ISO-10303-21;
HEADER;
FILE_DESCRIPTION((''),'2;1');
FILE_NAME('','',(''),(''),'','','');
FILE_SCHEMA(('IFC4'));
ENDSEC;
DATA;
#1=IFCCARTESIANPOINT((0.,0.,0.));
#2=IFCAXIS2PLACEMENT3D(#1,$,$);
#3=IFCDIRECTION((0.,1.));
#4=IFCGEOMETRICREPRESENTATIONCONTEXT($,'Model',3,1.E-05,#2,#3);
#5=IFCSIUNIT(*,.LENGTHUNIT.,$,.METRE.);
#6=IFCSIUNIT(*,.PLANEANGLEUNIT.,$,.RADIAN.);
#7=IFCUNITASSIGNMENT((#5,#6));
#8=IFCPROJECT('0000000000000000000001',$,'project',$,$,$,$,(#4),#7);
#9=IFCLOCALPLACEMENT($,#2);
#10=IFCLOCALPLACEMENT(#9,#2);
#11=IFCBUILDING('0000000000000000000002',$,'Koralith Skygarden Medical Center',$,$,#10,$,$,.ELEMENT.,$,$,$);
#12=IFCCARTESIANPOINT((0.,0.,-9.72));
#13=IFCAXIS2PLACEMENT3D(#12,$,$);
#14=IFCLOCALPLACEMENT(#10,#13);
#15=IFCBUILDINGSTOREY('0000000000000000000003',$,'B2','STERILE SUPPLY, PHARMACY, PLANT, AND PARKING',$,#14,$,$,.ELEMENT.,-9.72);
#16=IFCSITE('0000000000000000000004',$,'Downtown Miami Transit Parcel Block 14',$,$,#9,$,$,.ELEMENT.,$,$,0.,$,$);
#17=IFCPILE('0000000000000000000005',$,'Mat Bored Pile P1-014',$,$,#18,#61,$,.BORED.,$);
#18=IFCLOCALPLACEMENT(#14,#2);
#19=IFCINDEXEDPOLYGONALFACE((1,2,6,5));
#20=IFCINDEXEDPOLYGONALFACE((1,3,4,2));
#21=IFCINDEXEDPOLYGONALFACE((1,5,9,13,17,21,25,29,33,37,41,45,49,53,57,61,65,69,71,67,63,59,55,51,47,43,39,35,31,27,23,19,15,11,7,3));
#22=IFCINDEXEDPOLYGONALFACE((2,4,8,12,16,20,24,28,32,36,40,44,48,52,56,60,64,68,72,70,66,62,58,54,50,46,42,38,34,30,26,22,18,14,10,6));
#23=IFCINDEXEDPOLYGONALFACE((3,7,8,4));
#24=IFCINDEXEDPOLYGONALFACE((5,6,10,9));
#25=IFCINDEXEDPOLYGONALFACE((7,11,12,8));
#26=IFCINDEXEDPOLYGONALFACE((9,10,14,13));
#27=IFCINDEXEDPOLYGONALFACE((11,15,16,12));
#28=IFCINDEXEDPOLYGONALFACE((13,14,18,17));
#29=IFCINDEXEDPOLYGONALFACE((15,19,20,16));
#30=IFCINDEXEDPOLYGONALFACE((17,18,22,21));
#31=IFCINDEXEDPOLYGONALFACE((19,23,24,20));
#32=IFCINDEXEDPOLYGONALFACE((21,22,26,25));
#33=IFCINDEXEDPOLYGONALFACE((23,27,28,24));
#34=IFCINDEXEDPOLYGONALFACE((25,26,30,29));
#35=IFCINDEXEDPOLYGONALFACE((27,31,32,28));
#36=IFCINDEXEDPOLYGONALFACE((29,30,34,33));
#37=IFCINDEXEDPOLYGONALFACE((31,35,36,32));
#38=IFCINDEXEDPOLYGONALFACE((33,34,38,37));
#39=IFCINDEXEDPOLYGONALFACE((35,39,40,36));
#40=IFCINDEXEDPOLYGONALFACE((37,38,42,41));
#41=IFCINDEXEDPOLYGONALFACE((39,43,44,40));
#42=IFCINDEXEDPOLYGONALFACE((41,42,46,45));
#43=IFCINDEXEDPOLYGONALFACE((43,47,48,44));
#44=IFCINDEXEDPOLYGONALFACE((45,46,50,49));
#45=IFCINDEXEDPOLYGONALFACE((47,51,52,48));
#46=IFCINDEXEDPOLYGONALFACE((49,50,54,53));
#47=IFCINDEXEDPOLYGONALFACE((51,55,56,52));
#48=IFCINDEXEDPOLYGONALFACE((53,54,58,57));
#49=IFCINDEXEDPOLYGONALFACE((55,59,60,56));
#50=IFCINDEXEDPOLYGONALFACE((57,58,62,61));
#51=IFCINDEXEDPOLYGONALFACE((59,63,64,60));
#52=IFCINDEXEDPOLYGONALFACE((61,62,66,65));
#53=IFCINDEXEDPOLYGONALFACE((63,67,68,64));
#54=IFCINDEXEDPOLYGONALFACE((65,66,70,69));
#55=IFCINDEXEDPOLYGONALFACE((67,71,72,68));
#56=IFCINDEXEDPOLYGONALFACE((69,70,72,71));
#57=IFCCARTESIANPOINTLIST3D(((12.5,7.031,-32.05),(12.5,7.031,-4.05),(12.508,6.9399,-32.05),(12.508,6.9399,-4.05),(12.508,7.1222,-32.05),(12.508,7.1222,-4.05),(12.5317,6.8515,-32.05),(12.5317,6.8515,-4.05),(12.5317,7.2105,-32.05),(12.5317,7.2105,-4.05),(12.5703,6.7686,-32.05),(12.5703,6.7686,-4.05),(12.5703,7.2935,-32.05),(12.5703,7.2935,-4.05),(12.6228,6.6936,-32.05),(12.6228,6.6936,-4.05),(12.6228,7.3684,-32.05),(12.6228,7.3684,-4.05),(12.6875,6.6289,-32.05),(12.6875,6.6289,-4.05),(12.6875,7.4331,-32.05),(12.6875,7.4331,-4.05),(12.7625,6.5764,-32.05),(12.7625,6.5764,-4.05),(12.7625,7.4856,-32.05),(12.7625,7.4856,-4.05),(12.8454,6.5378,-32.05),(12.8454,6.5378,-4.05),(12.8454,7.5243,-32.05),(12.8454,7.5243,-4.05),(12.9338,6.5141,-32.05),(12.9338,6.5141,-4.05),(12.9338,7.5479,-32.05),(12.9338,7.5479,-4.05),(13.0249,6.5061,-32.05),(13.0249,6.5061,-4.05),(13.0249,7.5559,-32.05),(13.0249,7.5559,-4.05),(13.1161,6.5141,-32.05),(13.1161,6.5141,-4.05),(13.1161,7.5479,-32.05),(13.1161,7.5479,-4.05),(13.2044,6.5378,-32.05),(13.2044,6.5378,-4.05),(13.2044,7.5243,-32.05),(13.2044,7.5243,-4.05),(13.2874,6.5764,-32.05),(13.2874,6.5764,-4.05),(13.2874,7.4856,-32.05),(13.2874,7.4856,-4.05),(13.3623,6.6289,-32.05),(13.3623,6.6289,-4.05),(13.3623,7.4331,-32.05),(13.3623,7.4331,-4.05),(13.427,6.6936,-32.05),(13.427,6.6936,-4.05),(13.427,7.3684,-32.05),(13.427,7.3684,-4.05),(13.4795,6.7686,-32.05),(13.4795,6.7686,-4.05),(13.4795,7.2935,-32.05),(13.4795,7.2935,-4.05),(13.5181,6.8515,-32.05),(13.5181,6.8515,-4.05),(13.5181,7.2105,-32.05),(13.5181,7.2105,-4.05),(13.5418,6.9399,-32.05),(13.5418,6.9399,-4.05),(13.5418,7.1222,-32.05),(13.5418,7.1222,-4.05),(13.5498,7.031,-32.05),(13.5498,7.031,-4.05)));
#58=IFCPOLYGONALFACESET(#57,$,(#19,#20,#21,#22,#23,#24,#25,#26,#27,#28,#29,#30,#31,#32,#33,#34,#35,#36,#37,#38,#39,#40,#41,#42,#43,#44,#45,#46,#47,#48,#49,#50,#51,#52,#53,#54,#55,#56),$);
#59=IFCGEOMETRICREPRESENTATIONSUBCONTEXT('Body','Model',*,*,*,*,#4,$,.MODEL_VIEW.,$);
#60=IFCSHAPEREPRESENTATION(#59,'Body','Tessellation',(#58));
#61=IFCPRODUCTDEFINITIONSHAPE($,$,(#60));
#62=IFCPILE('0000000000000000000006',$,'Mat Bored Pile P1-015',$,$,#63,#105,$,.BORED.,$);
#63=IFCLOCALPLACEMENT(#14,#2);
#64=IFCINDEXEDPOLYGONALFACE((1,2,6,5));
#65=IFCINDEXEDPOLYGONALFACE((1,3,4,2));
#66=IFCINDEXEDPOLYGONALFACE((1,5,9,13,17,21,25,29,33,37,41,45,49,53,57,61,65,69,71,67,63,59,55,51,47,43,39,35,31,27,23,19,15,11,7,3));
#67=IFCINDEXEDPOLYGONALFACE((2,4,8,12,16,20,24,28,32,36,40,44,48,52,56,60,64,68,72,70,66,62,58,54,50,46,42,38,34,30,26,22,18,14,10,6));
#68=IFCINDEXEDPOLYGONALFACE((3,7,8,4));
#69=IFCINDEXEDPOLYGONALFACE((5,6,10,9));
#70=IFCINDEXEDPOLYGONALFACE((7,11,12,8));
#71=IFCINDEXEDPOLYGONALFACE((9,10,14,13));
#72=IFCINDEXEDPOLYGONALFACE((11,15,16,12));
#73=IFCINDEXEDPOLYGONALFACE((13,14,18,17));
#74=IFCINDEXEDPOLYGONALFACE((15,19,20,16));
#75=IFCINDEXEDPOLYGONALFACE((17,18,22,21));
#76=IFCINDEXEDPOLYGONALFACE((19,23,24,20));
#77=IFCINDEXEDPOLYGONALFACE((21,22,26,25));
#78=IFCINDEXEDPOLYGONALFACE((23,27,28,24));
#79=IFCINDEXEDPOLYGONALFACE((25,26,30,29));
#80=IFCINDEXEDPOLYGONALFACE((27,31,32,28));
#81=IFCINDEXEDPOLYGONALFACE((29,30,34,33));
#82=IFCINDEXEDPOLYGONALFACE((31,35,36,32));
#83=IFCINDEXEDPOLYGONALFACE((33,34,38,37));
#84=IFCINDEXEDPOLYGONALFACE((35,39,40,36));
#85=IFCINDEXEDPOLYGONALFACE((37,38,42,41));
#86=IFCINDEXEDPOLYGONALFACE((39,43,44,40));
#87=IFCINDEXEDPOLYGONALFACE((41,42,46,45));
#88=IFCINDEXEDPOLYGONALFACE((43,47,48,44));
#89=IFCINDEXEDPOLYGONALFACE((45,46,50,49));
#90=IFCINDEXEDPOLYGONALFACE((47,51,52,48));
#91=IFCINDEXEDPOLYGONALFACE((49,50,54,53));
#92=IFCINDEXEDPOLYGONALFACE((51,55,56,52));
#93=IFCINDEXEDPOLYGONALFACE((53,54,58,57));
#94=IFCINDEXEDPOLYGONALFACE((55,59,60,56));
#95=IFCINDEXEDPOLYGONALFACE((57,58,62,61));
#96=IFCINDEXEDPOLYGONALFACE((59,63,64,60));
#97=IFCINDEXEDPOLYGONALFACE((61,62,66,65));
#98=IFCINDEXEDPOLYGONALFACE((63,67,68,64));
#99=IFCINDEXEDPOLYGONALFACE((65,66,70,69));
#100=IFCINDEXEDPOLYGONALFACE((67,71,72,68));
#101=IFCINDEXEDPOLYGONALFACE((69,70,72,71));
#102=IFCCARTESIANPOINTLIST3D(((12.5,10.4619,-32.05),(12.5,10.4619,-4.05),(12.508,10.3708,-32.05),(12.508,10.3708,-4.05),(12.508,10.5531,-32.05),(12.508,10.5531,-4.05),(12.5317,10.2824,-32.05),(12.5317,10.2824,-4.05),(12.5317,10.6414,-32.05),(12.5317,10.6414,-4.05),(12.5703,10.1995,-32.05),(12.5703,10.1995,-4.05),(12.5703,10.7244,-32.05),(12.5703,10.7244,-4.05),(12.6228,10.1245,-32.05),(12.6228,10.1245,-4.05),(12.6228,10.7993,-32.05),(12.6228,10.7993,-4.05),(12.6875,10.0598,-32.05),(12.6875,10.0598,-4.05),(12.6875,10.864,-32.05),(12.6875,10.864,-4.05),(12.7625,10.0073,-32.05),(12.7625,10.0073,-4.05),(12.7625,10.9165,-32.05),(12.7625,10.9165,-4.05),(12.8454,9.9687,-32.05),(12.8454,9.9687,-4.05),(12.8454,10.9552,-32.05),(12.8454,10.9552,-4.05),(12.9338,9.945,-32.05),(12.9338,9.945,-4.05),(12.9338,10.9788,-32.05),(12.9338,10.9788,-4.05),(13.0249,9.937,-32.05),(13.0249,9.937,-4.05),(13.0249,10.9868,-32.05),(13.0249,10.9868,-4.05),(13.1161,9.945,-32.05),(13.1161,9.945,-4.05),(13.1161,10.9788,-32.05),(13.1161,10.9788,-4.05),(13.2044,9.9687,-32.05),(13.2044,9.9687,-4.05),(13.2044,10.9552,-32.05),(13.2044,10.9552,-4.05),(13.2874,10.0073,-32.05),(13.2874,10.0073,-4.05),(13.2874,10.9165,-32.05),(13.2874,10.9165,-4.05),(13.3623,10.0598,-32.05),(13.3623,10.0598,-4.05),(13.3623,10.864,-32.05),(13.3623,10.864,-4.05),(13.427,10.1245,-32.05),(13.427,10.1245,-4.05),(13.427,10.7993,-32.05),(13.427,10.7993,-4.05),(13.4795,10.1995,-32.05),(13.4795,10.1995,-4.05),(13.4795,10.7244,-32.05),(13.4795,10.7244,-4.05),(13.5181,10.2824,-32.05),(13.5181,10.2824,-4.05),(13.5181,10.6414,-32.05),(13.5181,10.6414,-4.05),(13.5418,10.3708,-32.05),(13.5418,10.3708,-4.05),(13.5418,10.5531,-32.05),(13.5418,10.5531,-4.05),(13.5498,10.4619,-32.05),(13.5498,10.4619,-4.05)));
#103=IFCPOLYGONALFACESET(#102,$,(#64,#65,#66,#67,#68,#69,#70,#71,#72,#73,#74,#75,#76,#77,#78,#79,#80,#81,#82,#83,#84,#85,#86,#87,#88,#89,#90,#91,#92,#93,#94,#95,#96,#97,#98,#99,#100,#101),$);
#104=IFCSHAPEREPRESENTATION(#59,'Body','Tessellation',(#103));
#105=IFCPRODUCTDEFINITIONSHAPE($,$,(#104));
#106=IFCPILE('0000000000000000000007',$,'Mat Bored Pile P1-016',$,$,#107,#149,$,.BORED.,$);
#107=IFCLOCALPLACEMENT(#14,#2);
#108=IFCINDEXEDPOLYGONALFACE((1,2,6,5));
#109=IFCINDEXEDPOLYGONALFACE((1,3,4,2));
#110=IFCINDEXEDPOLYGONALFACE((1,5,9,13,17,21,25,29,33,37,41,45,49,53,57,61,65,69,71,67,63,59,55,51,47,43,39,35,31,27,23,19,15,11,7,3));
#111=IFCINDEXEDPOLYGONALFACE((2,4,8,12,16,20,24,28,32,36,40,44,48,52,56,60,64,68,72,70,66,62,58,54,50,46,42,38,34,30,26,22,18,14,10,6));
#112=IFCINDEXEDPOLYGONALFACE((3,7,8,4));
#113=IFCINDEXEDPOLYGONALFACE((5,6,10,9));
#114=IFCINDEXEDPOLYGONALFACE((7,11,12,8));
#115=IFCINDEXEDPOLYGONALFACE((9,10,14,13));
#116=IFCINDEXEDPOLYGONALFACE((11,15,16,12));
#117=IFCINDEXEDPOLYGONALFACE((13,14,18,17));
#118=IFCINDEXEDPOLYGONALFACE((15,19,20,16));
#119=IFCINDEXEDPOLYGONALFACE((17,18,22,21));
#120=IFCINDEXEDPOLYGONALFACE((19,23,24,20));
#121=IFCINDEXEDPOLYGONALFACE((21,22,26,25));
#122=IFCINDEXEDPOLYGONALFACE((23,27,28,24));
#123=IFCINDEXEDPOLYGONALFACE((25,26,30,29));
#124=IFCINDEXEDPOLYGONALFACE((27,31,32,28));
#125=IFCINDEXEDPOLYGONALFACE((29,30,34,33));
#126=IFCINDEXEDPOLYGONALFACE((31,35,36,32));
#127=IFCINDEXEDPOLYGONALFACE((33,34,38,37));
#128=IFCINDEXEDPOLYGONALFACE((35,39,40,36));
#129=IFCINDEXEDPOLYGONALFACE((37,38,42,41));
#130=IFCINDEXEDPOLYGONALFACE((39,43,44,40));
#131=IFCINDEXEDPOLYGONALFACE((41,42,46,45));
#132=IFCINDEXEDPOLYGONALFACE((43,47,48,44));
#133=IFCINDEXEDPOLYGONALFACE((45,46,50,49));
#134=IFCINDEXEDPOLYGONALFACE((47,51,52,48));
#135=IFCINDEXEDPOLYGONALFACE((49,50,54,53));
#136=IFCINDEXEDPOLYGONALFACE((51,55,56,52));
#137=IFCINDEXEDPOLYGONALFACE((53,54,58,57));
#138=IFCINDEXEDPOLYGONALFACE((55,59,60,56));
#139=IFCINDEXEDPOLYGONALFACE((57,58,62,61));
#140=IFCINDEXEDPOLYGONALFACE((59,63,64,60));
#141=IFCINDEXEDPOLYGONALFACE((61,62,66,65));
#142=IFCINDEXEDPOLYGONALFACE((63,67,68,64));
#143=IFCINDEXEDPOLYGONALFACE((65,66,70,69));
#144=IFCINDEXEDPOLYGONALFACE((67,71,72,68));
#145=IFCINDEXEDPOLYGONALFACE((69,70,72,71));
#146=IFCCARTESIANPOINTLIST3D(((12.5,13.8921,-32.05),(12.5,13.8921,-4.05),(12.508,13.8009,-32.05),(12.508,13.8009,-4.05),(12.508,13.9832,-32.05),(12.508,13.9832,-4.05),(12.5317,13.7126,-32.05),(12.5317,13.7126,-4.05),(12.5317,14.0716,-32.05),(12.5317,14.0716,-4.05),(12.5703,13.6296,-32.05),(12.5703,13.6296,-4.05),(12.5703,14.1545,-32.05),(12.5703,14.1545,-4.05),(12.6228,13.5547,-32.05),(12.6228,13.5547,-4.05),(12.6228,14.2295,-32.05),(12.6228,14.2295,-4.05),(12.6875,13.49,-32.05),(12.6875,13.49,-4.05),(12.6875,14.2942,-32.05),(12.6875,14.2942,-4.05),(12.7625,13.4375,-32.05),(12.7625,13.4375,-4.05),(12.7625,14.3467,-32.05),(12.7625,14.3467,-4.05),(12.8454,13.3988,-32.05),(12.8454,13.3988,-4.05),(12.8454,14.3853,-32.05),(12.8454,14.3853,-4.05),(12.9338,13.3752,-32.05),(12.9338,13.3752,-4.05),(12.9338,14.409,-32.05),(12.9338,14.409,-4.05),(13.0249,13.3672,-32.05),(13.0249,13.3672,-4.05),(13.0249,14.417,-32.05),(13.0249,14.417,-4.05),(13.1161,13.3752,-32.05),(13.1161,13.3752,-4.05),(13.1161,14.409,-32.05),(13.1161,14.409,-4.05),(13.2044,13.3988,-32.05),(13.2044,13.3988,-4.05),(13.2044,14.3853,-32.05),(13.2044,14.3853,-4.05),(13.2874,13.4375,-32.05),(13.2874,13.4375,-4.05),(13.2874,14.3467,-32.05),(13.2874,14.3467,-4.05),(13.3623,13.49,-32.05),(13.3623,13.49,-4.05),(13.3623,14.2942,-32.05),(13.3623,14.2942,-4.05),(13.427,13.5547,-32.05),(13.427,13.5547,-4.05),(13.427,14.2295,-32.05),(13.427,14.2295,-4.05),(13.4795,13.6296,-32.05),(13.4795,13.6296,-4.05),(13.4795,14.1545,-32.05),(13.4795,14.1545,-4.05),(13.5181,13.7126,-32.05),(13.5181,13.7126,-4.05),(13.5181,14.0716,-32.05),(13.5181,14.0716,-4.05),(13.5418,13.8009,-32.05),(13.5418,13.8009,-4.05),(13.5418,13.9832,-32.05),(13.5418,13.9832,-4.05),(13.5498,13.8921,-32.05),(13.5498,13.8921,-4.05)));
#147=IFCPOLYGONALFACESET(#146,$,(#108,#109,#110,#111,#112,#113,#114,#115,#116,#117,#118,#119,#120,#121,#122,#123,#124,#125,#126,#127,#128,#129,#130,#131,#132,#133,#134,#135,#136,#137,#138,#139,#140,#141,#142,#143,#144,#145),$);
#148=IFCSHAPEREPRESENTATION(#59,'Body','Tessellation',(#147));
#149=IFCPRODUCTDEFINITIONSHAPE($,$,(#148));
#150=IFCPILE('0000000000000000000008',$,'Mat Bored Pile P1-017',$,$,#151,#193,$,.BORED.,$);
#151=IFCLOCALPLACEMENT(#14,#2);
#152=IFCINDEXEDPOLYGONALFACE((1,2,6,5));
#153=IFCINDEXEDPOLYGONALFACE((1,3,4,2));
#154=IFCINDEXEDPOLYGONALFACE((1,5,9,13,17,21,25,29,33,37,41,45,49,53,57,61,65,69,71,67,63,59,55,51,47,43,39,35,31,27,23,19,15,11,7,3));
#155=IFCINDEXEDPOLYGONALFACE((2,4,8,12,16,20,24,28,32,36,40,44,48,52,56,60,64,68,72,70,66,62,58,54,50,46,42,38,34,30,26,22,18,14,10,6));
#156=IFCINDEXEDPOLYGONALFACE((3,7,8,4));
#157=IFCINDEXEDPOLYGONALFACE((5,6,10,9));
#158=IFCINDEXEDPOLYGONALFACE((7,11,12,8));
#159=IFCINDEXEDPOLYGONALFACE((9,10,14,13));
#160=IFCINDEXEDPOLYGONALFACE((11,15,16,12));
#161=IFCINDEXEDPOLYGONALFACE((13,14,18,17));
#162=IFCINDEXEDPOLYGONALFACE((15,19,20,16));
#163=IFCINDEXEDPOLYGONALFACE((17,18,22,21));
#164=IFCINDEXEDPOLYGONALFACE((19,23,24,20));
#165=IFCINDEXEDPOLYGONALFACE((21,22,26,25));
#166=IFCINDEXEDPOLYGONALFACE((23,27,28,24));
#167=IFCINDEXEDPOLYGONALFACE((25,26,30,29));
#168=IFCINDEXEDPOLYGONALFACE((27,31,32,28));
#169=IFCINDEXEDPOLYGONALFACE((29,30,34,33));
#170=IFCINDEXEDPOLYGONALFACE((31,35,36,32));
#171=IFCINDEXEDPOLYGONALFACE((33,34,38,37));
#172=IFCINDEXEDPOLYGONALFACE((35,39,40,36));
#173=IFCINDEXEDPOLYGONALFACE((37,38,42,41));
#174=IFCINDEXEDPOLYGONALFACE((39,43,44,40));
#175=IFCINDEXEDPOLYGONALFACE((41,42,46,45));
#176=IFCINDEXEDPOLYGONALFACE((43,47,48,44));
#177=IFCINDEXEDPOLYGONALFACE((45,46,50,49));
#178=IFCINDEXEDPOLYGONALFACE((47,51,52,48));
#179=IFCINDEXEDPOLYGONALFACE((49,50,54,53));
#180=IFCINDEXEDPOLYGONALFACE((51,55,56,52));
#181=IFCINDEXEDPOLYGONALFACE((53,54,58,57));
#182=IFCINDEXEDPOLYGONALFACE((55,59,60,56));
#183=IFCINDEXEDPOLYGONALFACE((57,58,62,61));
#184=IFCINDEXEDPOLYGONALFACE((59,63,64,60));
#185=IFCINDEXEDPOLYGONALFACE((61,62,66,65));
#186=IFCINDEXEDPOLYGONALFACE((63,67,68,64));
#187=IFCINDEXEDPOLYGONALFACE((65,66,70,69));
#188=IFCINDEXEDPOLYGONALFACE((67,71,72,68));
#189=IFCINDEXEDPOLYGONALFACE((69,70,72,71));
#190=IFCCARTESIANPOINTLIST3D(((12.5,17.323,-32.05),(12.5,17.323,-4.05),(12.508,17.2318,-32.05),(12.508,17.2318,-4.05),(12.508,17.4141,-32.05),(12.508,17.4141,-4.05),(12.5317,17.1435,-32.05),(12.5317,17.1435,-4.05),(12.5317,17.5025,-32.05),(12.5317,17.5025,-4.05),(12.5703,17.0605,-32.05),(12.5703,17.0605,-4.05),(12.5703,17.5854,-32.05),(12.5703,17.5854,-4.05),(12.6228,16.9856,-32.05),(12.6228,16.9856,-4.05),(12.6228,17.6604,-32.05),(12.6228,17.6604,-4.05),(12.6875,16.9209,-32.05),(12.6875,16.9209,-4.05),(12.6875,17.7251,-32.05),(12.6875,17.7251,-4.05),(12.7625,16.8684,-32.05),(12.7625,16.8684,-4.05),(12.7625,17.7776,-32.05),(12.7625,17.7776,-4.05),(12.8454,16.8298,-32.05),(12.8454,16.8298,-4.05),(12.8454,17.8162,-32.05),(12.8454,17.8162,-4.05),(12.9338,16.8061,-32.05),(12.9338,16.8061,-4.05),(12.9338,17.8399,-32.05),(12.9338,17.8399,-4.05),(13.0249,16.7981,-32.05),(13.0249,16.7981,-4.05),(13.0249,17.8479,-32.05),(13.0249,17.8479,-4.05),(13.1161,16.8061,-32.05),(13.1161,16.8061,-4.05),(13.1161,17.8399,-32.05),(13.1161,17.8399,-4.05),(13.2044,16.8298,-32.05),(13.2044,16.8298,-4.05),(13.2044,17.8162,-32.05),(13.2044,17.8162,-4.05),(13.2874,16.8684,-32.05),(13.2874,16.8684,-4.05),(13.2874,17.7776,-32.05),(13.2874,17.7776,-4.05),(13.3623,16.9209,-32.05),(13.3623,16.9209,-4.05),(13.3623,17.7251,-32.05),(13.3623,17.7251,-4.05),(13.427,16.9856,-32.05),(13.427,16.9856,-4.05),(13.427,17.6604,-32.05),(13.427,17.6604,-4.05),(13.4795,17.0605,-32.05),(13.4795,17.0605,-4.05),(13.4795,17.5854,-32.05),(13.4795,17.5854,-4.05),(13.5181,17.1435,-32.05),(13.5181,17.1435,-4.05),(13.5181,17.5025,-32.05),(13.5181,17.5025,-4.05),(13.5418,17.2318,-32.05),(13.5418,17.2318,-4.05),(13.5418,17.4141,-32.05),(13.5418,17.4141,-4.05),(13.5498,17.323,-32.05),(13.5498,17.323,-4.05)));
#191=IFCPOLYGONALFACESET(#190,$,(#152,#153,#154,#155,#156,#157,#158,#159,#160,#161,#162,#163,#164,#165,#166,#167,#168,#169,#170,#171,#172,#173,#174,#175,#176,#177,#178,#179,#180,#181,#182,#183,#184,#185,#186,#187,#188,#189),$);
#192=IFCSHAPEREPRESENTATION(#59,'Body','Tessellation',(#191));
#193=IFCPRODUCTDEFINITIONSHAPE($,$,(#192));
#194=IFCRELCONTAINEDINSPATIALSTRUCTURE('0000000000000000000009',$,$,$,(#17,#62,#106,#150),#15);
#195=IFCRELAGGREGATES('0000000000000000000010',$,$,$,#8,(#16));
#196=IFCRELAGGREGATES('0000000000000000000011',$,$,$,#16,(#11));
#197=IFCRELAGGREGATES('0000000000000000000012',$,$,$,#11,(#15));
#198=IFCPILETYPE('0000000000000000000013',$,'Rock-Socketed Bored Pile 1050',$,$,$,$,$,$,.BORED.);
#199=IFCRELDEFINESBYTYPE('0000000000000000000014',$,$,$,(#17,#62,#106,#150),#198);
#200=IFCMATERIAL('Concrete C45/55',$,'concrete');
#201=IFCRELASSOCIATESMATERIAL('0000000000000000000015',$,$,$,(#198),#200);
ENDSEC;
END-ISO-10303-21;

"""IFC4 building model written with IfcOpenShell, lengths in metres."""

from ifc_helpers import new_model, si_unit, direction, frame, origin, origin_2d, place, context, subcontext, project, spatial, circle, extrude, material, material_profile, profile_set, type_object, element, save


model = new_model("IFC4")

# Units and contexts
model_context = context("Model", 3, precision=1e-05, world=origin(), true_north=direction((0.0, 1.0)))
body_context = subcontext(model_context, "Body", "Model", "MODEL_VIEW")
ifc_project = project(units=[si_unit("LENGTHUNIT", "METRE"), si_unit("PLANEANGLEUNIT", "RADIAN")], contexts=[model_context])

# Site, building, storey
site_placement = place(None, origin())
site = spatial("IfcSite", under=ifc_project, at=site_placement, Name="Downtown Miami Transit Parcel Block 14", CompositionType="ELEMENT", RefElevation=0.0)
building_placement = place(site_placement, origin())
building = spatial("IfcBuilding", under=site, at=building_placement, Name="Koralith Skygarden Medical Center", CompositionType="ELEMENT")
storey_placement = place(building_placement, frame((0.0, 0.0, -9.72)))
storey = spatial("IfcBuildingStorey", under=building, at=storey_placement, Name="B2", Description="STERILE SUPPLY, PHARMACY, PLANT, AND PARKING", CompositionType="ELEMENT", Elevation=-9.72)

# Piles
ifc_material_1 = material(Name="Concrete C45/55", Category="concrete")
ifc_material_profile_1 = material_profile(ifc_material_1, circle(Radius=0.5249, at=origin_2d()), Name="PILE1050")
ifc_profile_set_1 = profile_set([ifc_material_profile_1], Name="Concrete C45/55")
pile_type = type_object("IfcPileType", Name="Rock-Socketed Bored Pile 1050", PredefinedType="BORED", material=ifc_profile_set_1)
for number, where, z_axis, x_axis, name in (
    (1, (13.0249, 7.031, -4.05), (0.0, 0.0, -1.0), (1.0, 0.0, 0.0), "Mat Bored Pile P1-014"),
    (2, (13.0249, 10.4619, -4.05), (0.0, 0.0, -1.0), (1.0, 0.0, 0.0), "Mat Bored Pile P1-015"),
    (3, (13.0249, 13.8921, -4.05), (0.0, 0.0, -1.0), (1.0, 0.0, 0.0), "Mat Bored Pile P1-016"),
    (4, (13.0249, 17.323, -4.05), (0.0, 0.0, -1.0), (1.0, 0.0, 0.0), "Mat Bored Pile P1-017"),
):
    element("IfcPile", number, at=place(storey_placement, frame(where, z_axis=z_axis, x_axis=x_axis)), inside=storey, type_object=pile_type, Name=name, PredefinedType="BORED", context=body_context, shape_type="SweptSolid", body=[
        extrude(circle(Radius=0.5249, at=origin_2d()), origin(), (0.0, 0.0, 1.0), 28.0),
    ])

save(model, "model.ifc")
